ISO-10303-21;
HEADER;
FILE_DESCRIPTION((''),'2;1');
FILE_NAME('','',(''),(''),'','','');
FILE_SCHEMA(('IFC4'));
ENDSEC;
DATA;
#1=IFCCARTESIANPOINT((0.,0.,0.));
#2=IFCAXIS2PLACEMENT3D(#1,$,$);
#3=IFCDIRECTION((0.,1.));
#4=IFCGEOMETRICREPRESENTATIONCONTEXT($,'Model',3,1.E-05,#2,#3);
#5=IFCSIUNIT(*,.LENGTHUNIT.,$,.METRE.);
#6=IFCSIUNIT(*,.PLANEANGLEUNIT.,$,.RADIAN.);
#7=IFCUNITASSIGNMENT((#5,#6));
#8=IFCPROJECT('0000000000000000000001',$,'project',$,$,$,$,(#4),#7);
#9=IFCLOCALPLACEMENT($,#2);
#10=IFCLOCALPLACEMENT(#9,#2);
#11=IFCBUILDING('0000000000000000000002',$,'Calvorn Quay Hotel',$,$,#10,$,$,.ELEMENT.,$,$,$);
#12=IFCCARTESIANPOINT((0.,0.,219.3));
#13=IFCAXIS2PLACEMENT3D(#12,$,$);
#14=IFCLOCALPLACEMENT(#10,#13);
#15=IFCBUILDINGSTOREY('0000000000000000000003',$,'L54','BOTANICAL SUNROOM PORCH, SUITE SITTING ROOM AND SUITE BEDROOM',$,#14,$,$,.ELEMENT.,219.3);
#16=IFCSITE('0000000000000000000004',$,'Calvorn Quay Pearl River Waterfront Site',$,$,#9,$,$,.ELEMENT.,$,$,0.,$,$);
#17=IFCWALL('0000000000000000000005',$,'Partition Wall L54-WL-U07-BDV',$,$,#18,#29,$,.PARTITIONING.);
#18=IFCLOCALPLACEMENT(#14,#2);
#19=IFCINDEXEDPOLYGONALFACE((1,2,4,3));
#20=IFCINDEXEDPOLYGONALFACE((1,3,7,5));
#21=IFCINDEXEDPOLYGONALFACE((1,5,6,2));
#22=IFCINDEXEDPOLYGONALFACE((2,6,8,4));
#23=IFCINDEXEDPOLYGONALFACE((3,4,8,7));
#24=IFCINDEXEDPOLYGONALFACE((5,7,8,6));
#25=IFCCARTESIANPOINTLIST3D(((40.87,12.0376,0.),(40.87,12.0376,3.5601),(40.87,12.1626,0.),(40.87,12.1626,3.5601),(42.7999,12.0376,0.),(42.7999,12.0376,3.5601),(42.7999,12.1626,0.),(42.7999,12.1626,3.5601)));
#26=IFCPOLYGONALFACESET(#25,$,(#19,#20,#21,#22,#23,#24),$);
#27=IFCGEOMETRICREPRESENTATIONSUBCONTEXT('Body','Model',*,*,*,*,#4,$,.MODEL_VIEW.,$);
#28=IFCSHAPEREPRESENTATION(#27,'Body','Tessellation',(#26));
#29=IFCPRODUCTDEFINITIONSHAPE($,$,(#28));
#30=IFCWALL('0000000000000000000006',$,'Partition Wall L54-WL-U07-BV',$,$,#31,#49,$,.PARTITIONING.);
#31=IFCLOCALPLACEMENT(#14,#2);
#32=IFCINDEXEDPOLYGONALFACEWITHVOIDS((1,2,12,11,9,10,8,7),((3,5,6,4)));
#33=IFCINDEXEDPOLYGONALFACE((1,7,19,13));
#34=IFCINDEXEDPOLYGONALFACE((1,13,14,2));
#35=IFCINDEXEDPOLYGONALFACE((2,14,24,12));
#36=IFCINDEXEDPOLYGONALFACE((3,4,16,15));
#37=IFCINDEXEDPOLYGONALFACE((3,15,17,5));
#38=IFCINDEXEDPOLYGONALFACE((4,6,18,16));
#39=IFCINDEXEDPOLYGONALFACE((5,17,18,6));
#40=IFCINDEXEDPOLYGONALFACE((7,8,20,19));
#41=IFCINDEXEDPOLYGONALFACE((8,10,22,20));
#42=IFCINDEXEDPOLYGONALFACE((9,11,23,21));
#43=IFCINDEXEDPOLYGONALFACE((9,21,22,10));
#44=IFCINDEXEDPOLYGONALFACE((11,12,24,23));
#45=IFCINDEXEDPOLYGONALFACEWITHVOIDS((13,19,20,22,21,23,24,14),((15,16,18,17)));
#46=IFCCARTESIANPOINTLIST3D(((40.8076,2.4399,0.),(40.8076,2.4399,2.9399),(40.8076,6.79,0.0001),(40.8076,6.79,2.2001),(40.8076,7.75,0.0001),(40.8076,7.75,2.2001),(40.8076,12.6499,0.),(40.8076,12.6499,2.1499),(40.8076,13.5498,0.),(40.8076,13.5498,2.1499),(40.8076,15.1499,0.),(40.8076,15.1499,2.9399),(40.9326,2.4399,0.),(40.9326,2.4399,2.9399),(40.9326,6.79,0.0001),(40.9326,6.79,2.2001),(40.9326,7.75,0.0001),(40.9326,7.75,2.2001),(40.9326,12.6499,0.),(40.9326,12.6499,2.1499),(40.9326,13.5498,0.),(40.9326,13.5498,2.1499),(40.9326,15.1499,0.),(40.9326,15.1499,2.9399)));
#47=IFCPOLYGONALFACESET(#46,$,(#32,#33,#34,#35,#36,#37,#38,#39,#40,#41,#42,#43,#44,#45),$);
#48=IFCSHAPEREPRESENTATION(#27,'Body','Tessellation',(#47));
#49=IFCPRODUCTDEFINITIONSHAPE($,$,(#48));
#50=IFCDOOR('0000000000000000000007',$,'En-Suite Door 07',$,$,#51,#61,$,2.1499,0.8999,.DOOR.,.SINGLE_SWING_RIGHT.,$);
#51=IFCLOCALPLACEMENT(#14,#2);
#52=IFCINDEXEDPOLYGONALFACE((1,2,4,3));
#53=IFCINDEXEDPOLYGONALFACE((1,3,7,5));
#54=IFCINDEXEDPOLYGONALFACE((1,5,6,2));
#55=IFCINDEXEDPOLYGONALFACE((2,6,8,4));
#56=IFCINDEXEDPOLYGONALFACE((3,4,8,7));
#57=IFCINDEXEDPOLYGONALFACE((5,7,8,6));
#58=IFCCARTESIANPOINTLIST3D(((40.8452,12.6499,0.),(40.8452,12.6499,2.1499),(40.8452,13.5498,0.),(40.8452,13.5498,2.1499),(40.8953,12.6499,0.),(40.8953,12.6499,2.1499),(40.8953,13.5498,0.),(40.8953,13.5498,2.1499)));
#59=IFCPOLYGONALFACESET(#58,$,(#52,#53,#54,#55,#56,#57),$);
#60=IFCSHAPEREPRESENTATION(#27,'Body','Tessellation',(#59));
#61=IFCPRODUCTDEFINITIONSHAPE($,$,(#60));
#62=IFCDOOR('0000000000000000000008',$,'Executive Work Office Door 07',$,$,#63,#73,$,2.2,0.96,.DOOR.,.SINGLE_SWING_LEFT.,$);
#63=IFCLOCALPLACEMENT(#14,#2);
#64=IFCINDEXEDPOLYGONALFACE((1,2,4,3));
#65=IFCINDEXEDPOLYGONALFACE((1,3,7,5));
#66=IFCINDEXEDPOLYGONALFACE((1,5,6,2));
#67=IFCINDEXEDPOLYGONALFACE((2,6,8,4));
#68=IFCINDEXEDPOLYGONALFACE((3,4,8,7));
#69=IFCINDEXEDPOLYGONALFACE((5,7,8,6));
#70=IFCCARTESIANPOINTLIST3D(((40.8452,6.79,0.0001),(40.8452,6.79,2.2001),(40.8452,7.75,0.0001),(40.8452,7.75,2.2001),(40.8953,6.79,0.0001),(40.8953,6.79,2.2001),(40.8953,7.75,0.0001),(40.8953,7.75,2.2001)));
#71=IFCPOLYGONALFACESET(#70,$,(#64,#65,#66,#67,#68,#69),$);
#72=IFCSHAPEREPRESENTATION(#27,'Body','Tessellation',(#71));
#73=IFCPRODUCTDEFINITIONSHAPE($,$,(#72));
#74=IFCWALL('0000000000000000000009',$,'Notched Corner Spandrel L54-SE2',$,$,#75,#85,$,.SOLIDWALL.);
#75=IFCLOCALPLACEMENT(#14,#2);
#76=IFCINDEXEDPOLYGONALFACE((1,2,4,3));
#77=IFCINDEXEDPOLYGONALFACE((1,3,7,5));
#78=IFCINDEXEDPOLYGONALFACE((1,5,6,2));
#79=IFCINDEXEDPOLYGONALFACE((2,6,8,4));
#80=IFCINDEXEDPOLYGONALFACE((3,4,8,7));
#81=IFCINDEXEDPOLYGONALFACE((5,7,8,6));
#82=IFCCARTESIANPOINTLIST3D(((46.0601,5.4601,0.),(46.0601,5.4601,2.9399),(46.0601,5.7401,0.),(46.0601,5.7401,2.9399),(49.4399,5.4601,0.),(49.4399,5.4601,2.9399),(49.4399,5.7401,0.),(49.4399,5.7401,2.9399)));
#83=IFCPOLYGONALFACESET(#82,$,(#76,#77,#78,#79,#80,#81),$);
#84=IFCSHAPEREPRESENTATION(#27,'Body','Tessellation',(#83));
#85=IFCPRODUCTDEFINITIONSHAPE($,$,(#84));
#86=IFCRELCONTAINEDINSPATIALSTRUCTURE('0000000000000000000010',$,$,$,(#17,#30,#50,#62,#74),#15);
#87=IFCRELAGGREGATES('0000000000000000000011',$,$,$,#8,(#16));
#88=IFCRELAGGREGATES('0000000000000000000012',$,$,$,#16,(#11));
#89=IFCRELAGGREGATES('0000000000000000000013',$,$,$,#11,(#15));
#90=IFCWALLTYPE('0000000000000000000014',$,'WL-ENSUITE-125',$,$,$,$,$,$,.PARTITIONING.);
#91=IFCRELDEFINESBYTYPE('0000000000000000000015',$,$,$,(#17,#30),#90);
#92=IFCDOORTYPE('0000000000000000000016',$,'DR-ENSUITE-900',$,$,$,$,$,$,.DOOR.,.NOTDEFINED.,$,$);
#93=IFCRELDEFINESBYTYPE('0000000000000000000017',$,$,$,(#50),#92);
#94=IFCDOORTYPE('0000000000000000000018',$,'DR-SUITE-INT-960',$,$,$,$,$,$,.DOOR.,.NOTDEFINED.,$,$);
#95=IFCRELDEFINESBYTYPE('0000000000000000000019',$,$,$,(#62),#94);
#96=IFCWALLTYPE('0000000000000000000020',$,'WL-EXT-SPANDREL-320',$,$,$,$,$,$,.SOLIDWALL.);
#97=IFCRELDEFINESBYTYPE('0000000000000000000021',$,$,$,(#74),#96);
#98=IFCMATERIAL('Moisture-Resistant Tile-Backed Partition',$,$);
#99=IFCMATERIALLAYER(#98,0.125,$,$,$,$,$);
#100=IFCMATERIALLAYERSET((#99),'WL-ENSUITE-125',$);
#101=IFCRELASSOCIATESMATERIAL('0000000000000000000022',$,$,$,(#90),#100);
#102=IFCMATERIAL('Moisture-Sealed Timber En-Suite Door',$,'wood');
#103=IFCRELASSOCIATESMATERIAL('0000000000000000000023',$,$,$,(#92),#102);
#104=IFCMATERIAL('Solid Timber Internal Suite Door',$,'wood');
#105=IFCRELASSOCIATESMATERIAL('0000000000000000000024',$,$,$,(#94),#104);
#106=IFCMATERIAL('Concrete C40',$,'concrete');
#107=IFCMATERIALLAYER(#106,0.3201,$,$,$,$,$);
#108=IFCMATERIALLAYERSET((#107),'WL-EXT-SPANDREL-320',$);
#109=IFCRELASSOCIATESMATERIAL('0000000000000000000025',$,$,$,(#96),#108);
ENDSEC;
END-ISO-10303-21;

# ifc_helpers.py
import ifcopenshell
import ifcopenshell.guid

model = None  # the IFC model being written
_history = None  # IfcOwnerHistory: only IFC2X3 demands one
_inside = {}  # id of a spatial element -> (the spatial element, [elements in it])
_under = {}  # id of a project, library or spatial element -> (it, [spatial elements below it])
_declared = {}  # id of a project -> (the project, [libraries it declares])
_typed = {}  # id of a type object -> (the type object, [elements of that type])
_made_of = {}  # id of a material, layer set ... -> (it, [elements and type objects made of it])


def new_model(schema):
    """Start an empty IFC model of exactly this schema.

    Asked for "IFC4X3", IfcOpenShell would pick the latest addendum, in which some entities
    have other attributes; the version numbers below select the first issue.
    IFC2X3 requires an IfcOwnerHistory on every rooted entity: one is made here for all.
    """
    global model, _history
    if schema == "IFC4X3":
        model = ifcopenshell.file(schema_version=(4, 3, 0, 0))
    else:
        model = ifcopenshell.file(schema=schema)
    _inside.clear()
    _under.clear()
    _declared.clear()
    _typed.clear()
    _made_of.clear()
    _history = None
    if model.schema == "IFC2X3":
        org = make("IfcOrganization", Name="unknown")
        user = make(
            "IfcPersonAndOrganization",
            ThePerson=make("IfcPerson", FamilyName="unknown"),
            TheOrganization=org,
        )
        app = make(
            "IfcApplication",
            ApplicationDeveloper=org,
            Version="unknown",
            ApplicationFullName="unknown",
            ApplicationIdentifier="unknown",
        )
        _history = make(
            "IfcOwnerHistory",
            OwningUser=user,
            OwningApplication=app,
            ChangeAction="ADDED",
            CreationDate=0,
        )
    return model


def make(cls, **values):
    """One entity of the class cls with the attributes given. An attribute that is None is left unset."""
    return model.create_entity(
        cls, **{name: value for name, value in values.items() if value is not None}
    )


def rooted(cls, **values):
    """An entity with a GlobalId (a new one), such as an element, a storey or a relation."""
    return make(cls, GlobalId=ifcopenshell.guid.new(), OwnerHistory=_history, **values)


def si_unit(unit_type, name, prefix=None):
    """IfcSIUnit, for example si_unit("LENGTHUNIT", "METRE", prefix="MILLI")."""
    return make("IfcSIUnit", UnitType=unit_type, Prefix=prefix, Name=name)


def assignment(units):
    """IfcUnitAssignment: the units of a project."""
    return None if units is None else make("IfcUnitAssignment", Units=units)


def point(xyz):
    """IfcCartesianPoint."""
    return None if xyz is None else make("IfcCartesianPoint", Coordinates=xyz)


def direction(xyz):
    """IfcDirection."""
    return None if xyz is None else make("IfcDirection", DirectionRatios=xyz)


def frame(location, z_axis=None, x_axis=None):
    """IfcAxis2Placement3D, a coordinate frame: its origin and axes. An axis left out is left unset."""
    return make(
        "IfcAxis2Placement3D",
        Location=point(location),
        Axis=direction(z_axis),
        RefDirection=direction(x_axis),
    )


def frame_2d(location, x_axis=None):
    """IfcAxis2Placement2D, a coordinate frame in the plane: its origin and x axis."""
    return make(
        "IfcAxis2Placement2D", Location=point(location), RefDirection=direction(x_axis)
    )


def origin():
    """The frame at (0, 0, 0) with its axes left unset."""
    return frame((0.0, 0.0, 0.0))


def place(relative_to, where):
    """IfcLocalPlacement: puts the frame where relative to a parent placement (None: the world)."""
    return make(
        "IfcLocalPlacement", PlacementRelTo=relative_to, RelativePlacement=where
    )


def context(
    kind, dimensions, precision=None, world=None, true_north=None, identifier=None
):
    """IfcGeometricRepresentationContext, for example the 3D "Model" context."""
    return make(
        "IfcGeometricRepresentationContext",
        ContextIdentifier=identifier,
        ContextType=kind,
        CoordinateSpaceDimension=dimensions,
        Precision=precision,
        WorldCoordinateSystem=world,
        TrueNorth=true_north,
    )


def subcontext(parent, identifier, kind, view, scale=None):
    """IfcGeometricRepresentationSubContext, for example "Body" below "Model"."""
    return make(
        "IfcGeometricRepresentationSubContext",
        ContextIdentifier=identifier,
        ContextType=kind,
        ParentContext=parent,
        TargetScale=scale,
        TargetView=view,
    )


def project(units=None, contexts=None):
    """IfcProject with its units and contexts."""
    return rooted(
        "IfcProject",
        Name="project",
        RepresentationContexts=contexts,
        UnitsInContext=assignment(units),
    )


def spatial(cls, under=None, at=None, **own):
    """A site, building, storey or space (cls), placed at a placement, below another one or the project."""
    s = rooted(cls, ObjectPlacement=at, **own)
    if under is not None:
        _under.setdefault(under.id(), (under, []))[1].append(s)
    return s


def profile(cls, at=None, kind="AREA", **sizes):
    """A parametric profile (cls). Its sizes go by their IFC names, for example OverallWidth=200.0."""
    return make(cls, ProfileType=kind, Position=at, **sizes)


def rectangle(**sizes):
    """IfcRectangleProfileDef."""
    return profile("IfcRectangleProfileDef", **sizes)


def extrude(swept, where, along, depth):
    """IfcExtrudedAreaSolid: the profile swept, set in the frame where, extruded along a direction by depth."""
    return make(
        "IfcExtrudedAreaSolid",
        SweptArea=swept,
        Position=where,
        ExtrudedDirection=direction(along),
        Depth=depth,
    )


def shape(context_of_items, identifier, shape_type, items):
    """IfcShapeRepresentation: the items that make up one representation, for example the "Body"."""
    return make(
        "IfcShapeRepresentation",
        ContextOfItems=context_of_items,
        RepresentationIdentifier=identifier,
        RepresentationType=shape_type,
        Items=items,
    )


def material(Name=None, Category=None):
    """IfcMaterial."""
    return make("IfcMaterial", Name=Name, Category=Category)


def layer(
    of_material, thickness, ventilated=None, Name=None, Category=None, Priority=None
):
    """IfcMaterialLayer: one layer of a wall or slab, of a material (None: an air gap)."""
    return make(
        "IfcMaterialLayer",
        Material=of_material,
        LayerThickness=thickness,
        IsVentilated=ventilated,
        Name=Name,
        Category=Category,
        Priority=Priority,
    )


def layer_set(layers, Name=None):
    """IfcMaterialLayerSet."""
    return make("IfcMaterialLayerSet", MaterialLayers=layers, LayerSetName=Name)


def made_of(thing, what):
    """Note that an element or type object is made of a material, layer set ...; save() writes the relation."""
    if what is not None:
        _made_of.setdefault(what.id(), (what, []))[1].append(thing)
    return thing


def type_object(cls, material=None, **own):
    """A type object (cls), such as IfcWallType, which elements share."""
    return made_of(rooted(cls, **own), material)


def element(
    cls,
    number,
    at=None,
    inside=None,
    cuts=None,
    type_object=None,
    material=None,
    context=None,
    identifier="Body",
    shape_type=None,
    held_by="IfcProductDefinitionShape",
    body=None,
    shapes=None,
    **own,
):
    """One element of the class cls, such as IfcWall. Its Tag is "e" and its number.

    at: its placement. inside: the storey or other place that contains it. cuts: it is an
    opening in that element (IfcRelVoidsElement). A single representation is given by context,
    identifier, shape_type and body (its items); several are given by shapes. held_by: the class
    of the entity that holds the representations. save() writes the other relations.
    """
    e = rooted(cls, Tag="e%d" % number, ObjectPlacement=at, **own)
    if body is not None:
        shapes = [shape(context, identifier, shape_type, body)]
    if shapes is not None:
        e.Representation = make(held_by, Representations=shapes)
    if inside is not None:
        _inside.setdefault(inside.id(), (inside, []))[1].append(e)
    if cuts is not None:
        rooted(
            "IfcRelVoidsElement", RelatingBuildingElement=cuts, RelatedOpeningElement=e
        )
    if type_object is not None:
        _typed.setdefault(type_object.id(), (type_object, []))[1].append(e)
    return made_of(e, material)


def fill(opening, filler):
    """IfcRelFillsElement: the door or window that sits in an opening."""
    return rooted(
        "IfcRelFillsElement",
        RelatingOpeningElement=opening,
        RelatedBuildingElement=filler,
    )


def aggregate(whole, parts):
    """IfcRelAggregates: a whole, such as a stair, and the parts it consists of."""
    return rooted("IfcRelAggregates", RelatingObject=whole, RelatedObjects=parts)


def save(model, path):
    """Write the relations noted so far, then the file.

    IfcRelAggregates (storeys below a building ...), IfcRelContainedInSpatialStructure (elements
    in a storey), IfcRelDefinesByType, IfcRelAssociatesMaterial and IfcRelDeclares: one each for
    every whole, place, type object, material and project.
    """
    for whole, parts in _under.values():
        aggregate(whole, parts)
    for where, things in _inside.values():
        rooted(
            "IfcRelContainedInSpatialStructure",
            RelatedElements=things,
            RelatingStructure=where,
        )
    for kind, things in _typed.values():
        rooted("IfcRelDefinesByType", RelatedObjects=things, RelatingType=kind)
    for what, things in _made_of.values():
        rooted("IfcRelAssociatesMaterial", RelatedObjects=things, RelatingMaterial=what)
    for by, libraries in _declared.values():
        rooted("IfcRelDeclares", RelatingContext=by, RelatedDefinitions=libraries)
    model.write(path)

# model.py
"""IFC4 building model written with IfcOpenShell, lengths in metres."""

from ifc_helpers import new_model, si_unit, direction, frame, frame_2d, origin, place, context, subcontext, project, spatial, rectangle, extrude, material, layer, layer_set, type_object, element, fill, save


model = new_model("IFC4")

# Units and contexts
model_context = context("Model", 3, precision=1e-05, world=origin(), true_north=direction((0.0, 1.0)))
body_context = subcontext(model_context, "Body", "Model", "MODEL_VIEW")
ifc_project = project(units=[si_unit("LENGTHUNIT", "METRE"), si_unit("PLANEANGLEUNIT", "RADIAN")], contexts=[model_context])

# Site, building, storey
site_placement = place(None, origin())
site = spatial("IfcSite", under=ifc_project, at=site_placement, Name="Calvorn Quay Pearl River Waterfront Site", CompositionType="ELEMENT", RefElevation=0.0)
building_placement = place(site_placement, origin())
building = spatial("IfcBuilding", under=site, at=building_placement, Name="Calvorn Quay Hotel", CompositionType="ELEMENT")
storey_placement = place(building_placement, frame((0.0, 0.0, 219.3)))
storey = spatial("IfcBuildingStorey", under=building, at=storey_placement, Name="L54", Description="BOTANICAL SUNROOM PORCH, SUITE SITTING ROOM AND SUITE BEDROOM", CompositionType="ELEMENT", Elevation=219.3)

# Wall
ifc_material_1 = material(Name="Moisture-Resistant Tile-Backed Partition")
ifc_layer_1 = layer(ifc_material_1, 0.125)
ifc_layer_set_1 = layer_set([ifc_layer_1], Name="WL-ENSUITE-125")
wall_type_1 = type_object("IfcWallType", Name="WL-ENSUITE-125", PredefinedType="PARTITIONING", material=ifc_layer_set_1)
wall_1_placement = place(storey_placement, frame((40.8701, 12.1001, 0.0), z_axis=(0.0, 0.0, 1.0), x_axis=(1.0, 0.0, 0.0)))
element("IfcWall", 1, at=wall_1_placement, inside=storey, type_object=wall_type_1, Name="Partition Wall L54-WL-U07-BDV", PredefinedType="PARTITIONING", context=body_context, shape_type="SweptSolid", body=[
    extrude(rectangle(XDim=1.9299, YDim=0.125, at=frame_2d((0.9648, 0.0))), origin(), (0.0, 0.0, 1.0), 3.5601),
])

# Wall, openings, doors
wall_2_placement = place(storey_placement, frame((40.8701, 2.4399, 0.0), z_axis=(0.0, 0.0, 1.0), x_axis=(0.0, 1.0, 0.0)))
wall_2 = element("IfcWall", 2, at=wall_2_placement, inside=storey, type_object=wall_type_1, Name="Partition Wall L54-WL-U07-BV", PredefinedType="PARTITIONING", context=body_context, shape_type="SweptSolid", body=[
    extrude(rectangle(XDim=12.71, YDim=0.125, at=frame_2d((6.355, 0.0))), origin(), (0.0, 0.0, 1.0), 2.9399),
])
opening_1_placement = place(wall_2_placement, frame((4.3501, 0.0, 0.0)))
opening_1 = element("IfcOpeningElement", 3, at=opening_1_placement, cuts=wall_2, PredefinedType="OPENING", context=body_context, shape_type="SweptSolid", body=[
    extrude(rectangle(XDim=0.96, YDim=2.2, at=frame_2d((0.48, 1.1001))), frame((0.0, 0.0725, 0.0), z_axis=(0.0, -1.0, 0.0), x_axis=(1.0, 0.0, 0.0)), (0.0, 0.0, 1.0), 0.145),
])
opening_2_placement = place(wall_2_placement, frame((10.21, 0.0, 0.0)))
opening_2 = element("IfcOpeningElement", 4, at=opening_2_placement, cuts=wall_2, PredefinedType="OPENING", context=body_context, shape_type="SweptSolid", body=[
    extrude(rectangle(XDim=0.8999, YDim=2.1499, at=frame_2d((0.45, 1.075))), frame((0.0, 0.0725, 0.0), z_axis=(0.0, -1.0, 0.0), x_axis=(1.0, 0.0, 0.0)), (0.0, 0.0, 1.0), 0.145),
])
ifc_material_2 = material(Name="Moisture-Sealed Timber En-Suite Door", Category="wood")
door_type_1 = type_object("IfcDoorType", Name="DR-ENSUITE-900", OperationType="NOTDEFINED", PredefinedType="DOOR", material=ifc_material_2)
door_1_placement = place(opening_2_placement, origin())
door_1 = element("IfcDoor", 5, at=door_1_placement, inside=storey, type_object=door_type_1, Name="En-Suite Door 07", OperationType="SINGLE_SWING_RIGHT", OverallHeight=2.1499, OverallWidth=0.8999, PredefinedType="DOOR", context=body_context, shape_type="SweptSolid", body=[
    extrude(rectangle(XDim=0.8999, YDim=2.1499, at=frame_2d((0.45, 1.075))), frame((0.0, 0.0249, 0.0), z_axis=(0.0, -1.0, 0.0), x_axis=(1.0, 0.0, 0.0)), (0.0, 0.0, 1.0), 0.05),
])
fill(opening_2, door_1)
ifc_material_3 = material(Name="Solid Timber Internal Suite Door", Category="wood")
door_type_2 = type_object("IfcDoorType", Name="DR-SUITE-INT-960", OperationType="NOTDEFINED", PredefinedType="DOOR", material=ifc_material_3)
door_2_placement = place(opening_1_placement, origin())
door_2 = element("IfcDoor", 6, at=door_2_placement, inside=storey, type_object=door_type_2, Name="Executive Work Office Door 07", OperationType="SINGLE_SWING_LEFT", OverallHeight=2.2, OverallWidth=0.96, PredefinedType="DOOR", context=body_context, shape_type="SweptSolid", body=[
    extrude(rectangle(XDim=0.96, YDim=2.2, at=frame_2d((0.48, 1.1001))), frame((0.0, 0.0249, 0.0), z_axis=(0.0, -1.0, 0.0), x_axis=(1.0, 0.0, 0.0)), (0.0, 0.0, 1.0), 0.05),
])
fill(opening_1, door_2)

# Wall
ifc_material_4 = material(Name="Concrete C40", Category="concrete")
ifc_layer_2 = layer(ifc_material_4, 0.3201)
ifc_layer_set_2 = layer_set([ifc_layer_2], Name="WL-EXT-SPANDREL-320")
wall_type_2 = type_object("IfcWallType", Name="WL-EXT-SPANDREL-320", PredefinedType="SOLIDWALL", material=ifc_layer_set_2)
wall_3_placement = place(storey_placement, frame((46.0601, 5.6001, 0.0), z_axis=(0.0, 0.0, 1.0), x_axis=(1.0, 0.0, 0.0)))
element("IfcWall", 7, at=wall_3_placement, inside=storey, type_object=wall_type_2, Name="Notched Corner Spandrel L54-SE2", PredefinedType="SOLIDWALL", context=body_context, shape_type="SweptSolid", body=[
    extrude(rectangle(XDim=3.3799, YDim=0.28, at=frame_2d((1.6899, 0.0))), origin(), (0.0, 0.0, 1.0), 2.9399),
])

save(model, "model.ifc")
